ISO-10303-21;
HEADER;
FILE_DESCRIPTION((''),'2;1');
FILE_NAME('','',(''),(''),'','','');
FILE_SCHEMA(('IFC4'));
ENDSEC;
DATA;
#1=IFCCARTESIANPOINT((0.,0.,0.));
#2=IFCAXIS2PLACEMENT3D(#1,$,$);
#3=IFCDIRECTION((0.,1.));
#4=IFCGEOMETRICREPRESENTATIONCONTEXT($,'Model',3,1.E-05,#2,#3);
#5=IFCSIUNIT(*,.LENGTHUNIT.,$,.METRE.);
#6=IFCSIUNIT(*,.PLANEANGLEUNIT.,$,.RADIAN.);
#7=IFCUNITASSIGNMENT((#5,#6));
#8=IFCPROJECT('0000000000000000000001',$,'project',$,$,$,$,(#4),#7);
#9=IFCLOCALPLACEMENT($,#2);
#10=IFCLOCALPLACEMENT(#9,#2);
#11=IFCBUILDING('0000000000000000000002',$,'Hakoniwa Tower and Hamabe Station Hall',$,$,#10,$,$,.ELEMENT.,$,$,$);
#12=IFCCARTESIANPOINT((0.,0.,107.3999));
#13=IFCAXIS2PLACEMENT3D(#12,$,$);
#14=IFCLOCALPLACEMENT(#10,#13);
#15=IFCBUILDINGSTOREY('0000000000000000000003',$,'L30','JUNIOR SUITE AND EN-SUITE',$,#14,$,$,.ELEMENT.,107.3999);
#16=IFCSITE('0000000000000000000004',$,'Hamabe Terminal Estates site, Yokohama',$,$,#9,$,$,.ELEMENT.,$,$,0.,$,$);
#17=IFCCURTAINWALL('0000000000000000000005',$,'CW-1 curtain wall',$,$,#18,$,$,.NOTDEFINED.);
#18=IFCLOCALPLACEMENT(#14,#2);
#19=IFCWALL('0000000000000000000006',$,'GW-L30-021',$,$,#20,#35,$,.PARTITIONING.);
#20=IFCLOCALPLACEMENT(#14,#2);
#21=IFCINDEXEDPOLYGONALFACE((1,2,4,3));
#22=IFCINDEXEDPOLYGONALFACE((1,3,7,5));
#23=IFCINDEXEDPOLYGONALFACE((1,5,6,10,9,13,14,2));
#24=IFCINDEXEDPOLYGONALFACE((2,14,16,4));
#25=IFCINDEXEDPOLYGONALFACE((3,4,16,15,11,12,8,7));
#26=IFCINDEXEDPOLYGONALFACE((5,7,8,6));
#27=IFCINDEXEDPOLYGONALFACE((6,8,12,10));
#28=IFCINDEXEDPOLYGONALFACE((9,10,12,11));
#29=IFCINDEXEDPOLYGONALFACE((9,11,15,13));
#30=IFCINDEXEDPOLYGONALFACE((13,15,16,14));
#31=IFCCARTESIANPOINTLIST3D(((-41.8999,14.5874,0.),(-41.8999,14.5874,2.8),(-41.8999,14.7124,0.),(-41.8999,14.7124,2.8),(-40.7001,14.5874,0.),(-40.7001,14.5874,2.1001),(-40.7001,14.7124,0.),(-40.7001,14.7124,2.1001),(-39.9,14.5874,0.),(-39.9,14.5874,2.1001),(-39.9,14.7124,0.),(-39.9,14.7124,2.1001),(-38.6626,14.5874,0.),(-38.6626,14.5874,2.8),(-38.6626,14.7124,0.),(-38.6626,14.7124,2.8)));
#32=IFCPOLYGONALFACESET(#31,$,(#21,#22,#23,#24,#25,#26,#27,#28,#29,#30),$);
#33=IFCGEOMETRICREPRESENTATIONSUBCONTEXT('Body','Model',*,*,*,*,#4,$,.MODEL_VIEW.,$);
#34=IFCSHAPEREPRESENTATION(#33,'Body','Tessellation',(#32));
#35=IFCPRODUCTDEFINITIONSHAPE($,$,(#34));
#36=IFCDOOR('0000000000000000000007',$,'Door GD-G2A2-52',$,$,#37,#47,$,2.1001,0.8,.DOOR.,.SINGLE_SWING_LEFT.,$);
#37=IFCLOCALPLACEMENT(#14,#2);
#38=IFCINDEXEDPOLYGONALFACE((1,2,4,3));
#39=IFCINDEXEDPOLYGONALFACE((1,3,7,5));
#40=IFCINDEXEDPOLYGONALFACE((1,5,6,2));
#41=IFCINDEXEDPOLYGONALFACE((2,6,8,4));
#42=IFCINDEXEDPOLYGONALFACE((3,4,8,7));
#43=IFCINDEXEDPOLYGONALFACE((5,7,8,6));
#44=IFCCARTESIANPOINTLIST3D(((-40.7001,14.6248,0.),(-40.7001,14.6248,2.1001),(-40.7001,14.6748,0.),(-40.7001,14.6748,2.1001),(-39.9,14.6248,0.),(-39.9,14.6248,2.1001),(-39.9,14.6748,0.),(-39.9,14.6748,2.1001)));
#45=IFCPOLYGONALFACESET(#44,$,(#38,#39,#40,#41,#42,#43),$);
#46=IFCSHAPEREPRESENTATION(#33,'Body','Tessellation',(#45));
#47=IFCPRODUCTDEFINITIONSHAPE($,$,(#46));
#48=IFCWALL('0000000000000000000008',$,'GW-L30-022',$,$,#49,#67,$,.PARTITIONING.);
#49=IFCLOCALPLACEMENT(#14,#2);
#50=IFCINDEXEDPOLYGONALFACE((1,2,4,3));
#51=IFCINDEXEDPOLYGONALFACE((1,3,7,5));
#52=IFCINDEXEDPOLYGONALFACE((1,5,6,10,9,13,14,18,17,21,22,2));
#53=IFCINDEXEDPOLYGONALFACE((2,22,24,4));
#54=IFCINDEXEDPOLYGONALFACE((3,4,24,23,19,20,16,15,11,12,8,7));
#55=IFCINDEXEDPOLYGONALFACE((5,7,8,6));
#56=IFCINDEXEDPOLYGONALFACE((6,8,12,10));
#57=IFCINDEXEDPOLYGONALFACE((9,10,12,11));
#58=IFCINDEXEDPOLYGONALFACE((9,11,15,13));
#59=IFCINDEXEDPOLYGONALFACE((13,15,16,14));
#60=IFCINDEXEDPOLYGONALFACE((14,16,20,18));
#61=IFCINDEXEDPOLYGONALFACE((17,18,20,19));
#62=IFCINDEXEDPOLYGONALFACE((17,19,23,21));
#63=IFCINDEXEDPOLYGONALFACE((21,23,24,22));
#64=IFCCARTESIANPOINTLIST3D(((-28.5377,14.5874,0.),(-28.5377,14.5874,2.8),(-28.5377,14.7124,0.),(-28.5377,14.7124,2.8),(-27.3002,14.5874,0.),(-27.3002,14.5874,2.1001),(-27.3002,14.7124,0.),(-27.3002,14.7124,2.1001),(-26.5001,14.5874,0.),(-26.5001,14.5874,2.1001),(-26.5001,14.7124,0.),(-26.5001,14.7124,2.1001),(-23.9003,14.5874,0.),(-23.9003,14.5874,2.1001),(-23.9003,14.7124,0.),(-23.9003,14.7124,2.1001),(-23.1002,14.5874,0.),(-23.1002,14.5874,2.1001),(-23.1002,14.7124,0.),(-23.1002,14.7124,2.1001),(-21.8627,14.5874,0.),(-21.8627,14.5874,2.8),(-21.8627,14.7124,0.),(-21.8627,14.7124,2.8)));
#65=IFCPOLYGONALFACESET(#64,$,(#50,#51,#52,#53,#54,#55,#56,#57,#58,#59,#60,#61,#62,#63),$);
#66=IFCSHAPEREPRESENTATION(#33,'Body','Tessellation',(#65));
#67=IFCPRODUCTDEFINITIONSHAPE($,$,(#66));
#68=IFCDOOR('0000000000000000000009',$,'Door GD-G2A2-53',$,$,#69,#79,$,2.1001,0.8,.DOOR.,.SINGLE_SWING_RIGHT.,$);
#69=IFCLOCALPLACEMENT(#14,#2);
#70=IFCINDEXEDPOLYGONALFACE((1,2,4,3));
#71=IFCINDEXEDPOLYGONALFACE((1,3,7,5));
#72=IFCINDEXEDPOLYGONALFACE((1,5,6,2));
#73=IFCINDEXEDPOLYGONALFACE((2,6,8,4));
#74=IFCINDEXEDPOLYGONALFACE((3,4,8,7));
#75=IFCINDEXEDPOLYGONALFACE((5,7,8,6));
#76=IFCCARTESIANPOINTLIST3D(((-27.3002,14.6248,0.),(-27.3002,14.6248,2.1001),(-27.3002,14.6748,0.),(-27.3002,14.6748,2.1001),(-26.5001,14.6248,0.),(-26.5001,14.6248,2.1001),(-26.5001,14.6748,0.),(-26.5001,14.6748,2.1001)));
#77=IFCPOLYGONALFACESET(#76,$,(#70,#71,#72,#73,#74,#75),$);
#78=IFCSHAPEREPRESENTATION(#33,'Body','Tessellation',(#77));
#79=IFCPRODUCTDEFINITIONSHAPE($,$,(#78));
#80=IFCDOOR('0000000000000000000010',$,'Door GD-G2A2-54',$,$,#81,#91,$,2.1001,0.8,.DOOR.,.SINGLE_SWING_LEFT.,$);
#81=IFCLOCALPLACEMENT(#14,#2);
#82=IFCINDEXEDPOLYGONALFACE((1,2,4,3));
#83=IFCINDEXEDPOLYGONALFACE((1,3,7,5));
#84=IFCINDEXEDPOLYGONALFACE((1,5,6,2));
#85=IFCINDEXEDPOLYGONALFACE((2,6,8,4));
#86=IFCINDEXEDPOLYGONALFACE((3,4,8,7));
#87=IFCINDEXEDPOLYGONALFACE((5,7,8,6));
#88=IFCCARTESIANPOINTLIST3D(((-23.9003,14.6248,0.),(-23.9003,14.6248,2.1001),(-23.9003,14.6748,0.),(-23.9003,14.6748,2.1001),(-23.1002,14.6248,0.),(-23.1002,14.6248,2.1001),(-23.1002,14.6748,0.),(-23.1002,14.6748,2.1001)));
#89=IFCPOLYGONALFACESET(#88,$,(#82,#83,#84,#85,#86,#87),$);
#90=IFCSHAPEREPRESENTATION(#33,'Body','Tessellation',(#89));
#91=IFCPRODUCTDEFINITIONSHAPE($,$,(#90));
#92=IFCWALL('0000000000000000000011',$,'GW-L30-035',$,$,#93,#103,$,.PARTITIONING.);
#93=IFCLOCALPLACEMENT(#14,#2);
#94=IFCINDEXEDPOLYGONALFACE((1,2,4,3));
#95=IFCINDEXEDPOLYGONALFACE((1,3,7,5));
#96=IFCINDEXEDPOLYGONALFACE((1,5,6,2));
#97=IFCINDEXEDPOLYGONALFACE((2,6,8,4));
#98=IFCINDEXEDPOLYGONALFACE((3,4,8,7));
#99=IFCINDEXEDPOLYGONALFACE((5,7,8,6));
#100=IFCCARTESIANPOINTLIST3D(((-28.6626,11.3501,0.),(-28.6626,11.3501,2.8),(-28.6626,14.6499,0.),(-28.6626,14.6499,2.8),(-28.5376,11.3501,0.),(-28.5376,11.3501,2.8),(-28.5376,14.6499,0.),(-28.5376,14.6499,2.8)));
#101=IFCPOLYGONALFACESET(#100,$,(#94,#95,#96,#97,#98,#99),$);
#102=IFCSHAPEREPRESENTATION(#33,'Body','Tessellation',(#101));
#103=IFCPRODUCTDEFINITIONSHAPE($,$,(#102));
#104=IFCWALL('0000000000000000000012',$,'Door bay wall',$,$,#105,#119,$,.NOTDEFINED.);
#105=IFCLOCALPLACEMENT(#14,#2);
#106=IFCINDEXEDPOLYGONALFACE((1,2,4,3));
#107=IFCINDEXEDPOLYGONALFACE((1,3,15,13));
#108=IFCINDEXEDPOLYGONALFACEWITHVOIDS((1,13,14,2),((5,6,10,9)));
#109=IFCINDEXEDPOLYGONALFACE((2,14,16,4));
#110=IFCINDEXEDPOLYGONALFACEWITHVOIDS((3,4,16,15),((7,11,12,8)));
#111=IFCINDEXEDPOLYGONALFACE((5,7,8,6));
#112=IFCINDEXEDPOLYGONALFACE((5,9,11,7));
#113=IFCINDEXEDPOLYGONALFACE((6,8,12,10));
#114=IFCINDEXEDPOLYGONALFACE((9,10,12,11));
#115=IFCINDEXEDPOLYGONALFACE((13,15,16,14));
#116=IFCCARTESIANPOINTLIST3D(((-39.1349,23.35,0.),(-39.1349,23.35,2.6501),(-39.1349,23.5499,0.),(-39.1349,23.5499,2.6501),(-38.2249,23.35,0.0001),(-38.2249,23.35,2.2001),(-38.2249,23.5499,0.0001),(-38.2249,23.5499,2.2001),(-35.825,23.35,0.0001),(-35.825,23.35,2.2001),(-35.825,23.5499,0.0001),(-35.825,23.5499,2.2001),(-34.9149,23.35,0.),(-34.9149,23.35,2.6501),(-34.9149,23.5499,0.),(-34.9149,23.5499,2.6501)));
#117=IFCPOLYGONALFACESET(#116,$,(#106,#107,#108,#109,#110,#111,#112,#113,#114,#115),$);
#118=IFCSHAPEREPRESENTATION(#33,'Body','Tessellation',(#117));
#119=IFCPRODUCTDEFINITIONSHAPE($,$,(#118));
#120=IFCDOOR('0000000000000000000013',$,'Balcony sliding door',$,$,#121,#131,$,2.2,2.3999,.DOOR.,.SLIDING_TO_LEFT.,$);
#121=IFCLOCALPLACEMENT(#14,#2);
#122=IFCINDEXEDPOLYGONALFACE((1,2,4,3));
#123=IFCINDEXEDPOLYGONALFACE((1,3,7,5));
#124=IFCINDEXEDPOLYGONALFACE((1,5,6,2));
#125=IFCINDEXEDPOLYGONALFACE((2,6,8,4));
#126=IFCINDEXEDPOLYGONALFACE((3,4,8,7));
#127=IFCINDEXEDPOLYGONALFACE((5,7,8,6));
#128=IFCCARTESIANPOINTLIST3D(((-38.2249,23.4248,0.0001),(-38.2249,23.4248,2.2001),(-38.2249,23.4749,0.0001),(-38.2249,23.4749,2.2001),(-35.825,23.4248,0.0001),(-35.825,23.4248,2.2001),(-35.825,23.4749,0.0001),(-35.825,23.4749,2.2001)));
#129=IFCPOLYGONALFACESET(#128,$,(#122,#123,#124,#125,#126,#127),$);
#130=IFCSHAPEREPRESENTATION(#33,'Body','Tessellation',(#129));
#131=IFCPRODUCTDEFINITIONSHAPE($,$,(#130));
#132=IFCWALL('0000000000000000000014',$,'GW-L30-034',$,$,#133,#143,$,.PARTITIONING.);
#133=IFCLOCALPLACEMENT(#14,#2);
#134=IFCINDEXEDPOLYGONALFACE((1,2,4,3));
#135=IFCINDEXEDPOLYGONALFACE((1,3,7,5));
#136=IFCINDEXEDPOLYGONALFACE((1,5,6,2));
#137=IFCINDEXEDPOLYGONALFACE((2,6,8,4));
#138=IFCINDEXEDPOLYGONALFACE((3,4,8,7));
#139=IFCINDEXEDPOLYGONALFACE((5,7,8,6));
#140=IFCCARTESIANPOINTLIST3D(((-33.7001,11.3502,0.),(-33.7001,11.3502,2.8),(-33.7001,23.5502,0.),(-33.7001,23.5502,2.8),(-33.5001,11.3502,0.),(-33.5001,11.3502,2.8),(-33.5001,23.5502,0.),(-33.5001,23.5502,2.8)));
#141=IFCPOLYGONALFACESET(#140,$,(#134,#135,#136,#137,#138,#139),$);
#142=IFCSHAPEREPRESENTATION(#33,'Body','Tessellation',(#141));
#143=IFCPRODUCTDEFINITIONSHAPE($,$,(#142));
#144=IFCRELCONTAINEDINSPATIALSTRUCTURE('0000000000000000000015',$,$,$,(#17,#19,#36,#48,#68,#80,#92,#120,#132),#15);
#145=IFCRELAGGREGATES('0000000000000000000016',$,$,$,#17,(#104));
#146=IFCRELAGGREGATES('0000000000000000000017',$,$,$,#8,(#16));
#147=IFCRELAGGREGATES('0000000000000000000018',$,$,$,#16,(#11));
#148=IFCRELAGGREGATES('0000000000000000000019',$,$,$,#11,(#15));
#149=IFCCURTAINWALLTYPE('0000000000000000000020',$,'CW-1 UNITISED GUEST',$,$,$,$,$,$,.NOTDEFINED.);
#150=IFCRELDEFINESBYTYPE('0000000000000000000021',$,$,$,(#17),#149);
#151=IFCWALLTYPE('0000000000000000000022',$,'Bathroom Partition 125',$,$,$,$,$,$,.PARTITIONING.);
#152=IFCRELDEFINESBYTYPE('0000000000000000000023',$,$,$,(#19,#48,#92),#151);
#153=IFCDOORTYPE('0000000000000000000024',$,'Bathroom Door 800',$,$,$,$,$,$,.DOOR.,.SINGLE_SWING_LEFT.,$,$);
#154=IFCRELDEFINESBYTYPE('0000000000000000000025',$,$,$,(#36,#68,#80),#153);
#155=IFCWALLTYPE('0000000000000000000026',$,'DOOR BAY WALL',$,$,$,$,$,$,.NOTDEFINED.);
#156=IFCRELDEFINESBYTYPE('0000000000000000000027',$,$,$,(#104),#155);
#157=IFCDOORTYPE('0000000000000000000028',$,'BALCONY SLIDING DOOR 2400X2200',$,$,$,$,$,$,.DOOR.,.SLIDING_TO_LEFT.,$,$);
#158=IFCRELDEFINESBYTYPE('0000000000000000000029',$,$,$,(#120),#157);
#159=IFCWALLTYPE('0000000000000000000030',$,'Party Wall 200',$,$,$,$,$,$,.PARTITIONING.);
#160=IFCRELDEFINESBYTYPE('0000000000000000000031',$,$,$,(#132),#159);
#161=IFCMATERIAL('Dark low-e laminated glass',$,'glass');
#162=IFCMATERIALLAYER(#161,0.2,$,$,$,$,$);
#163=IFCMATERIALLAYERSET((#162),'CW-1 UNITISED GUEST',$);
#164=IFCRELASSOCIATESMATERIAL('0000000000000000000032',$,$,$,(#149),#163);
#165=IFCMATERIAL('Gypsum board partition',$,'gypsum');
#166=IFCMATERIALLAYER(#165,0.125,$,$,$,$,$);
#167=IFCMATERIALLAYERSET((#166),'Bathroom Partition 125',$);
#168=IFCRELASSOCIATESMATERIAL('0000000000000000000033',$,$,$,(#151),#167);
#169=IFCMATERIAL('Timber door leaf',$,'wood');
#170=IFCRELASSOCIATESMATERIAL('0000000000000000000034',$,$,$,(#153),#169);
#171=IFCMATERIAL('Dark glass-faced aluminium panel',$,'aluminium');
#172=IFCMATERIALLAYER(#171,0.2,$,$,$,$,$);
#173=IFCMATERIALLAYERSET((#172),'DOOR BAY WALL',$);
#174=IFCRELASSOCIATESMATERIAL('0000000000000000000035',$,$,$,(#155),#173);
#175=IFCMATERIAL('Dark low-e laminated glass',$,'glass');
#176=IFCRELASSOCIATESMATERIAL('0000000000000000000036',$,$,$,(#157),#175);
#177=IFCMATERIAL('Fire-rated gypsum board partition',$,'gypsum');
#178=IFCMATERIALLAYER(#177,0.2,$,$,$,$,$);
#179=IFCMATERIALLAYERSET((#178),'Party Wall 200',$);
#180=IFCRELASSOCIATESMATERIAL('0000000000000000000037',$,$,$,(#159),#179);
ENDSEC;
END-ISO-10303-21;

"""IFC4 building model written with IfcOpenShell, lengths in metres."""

from ifc_helpers import new_model, si_unit, direction, frame, frame_2d, origin, place, context, subcontext, project, spatial, rectangle, extrude, material, layer, layer_set, type_object, element, fill, aggregate, save


model = new_model("IFC4")

# Units and contexts
model_context = context("Model", 3, precision=1e-05, world=origin(), true_north=direction((0.0, 1.0)))
body_context = subcontext(model_context, "Body", "Model", "MODEL_VIEW")
ifc_project = project(units=[si_unit("LENGTHUNIT", "METRE"), si_unit("PLANEANGLEUNIT", "RADIAN")], contexts=[model_context])

# Site, building, storey
site_placement = place(None, origin())
site = spatial("IfcSite", under=ifc_project, at=site_placement, Name="Hamabe Terminal Estates site, Yokohama", CompositionType="ELEMENT", RefElevation=0.0)
building_placement = place(site_placement, origin())
building = spatial("IfcBuilding", under=site, at=building_placement, Name="Hakoniwa Tower and Hamabe Station Hall", CompositionType="ELEMENT")
storey_placement = place(building_placement, frame((0.0, 0.0, 107.3999)))
storey = spatial("IfcBuildingStorey", under=building, at=storey_placement, Name="L30", Description="JUNIOR SUITE AND EN-SUITE", CompositionType="ELEMENT", Elevation=107.3999)

# Curtain wall
ifc_material_1 = material(Name="Dark low-e laminated glass", Category="glass")
ifc_layer_1 = layer(ifc_material_1, 0.2)
ifc_layer_set_1 = layer_set([ifc_layer_1], Name="CW-1 UNITISED GUEST")
curtain_wall_type = type_object("IfcCurtainWallType", Name="CW-1 UNITISED GUEST", PredefinedType="NOTDEFINED", material=ifc_layer_set_1)
curtain_wall_1_placement = place(storey_placement, origin())
curtain_wall_1 = element("IfcCurtainWall", 1, at=curtain_wall_1_placement, inside=storey, type_object=curtain_wall_type, Name="CW-1 curtain wall", PredefinedType="NOTDEFINED")

# Wall, opening, door
ifc_material_2 = material(Name="Gypsum board partition", Category="gypsum")
ifc_layer_2 = layer(ifc_material_2, 0.125)
ifc_layer_set_2 = layer_set([ifc_layer_2], Name="Bathroom Partition 125")
wall_type_1 = type_object("IfcWallType", Name="Bathroom Partition 125", PredefinedType="PARTITIONING", material=ifc_layer_set_2)
wall_1_placement = place(storey_placement, frame((-41.8999, 14.6499, 0.0), z_axis=(0.0, 0.0, 1.0), x_axis=(1.0, 0.0, 0.0)))
wall_1 = element("IfcWall", 2, at=wall_1_placement, inside=storey, type_object=wall_type_1, Name="GW-L30-021", PredefinedType="PARTITIONING", context=body_context, shape_type="SweptSolid", body=[
    extrude(rectangle(XDim=3.2373, YDim=0.125, at=frame_2d((1.6187, 0.0))), origin(), (0.0, 0.0, 1.0), 2.8),
])
opening_1_placement = place(wall_1_placement, frame((1.2, 0.0, 0.0)))
opening_1 = element("IfcOpeningElement", 3, at=opening_1_placement, cuts=wall_1, PredefinedType="OPENING", context=body_context, shape_type="SweptSolid", body=[
    extrude(rectangle(XDim=0.8, YDim=2.1001, at=frame_2d((0.3999, 1.05))), frame((0.0, 0.0725, 0.0), z_axis=(0.0, -1.0, 0.0), x_axis=(1.0, 0.0, 0.0)), (0.0, 0.0, 1.0), 0.145),
])
ifc_material_3 = material(Name="Timber door leaf", Category="wood")
door_type_1 = type_object("IfcDoorType", Name="Bathroom Door 800", OperationType="SINGLE_SWING_LEFT", PredefinedType="DOOR", material=ifc_material_3)
door_1_placement = place(opening_1_placement, origin())
door_1 = element("IfcDoor", 4, at=door_1_placement, inside=storey, type_object=door_type_1, Name="Door GD-G2A2-52", OperationType="SINGLE_SWING_LEFT", OverallHeight=2.1001, OverallWidth=0.8, PredefinedType="DOOR", context=body_context, shape_type="SweptSolid", body=[
    extrude(rectangle(XDim=0.8, YDim=2.1001, at=frame_2d((0.3999, 1.05))), frame((0.0, 0.0249, 0.0), z_axis=(0.0, -1.0, 0.0), x_axis=(1.0, 0.0, 0.0)), (0.0, 0.0, 1.0), 0.05),
])
fill(opening_1, door_1)

# Wall, openings, doors
wall_2_placement = place(storey_placement, frame((-28.5376, 14.6499, 0.0), z_axis=(0.0, 0.0, 1.0), x_axis=(1.0, 0.0, 0.0)))
wall_2 = element("IfcWall", 5, at=wall_2_placement, inside=storey, type_object=wall_type_1, Name="GW-L30-022", PredefinedType="PARTITIONING", context=body_context, shape_type="SweptSolid", body=[
    extrude(rectangle(XDim=6.675, YDim=0.125, at=frame_2d((3.3374, 0.0))), origin(), (0.0, 0.0, 1.0), 2.8),
])
opening_2_placement = place(wall_2_placement, frame((1.2375, 0.0, 0.0)))
opening_2 = element("IfcOpeningElement", 6, at=opening_2_placement, cuts=wall_2, PredefinedType="OPENING", context=body_context, shape_type="SweptSolid", body=[
    extrude(rectangle(XDim=0.8, YDim=2.1001, at=frame_2d((0.3999, 1.05))), frame((0.0, 0.0725, 0.0), z_axis=(0.0, -1.0, 0.0), x_axis=(1.0, 0.0, 0.0)), (0.0, 0.0, 1.0), 0.145),
])
opening_3_placement = place(wall_2_placement, frame((4.6375, 0.0, 0.0)))
opening_3 = element("IfcOpeningElement", 7, at=opening_3_placement, cuts=wall_2, PredefinedType="OPENING", context=body_context, shape_type="SweptSolid", body=[
    extrude(rectangle(XDim=0.8, YDim=2.1001, at=frame_2d((0.3999, 1.05))), frame((0.0, 0.0725, 0.0), z_axis=(0.0, -1.0, 0.0), x_axis=(1.0, 0.0, 0.0)), (0.0, 0.0, 1.0), 0.145),
])
door_2_placement = place(opening_2_placement, origin())
door_2 = element("IfcDoor", 8, at=door_2_placement, inside=storey, type_object=door_type_1, Name="Door GD-G2A2-53", OperationType="SINGLE_SWING_RIGHT", OverallHeight=2.1001, OverallWidth=0.8, PredefinedType="DOOR", context=body_context, shape_type="SweptSolid", body=[
    extrude(rectangle(XDim=0.8, YDim=2.1001, at=frame_2d((0.3999, 1.05))), frame((0.0, 0.0249, 0.0), z_axis=(0.0, -1.0, 0.0), x_axis=(1.0, 0.0, 0.0)), (0.0, 0.0, 1.0), 0.05),
])
fill(opening_2, door_2)
door_3_placement = place(opening_3_placement, origin())
door_3 = element("IfcDoor", 9, at=door_3_placement, inside=storey, type_object=door_type_1, Name="Door GD-G2A2-54", OperationType="SINGLE_SWING_LEFT", OverallHeight=2.1001, OverallWidth=0.8, PredefinedType="DOOR", context=body_context, shape_type="SweptSolid", body=[
    extrude(rectangle(XDim=0.8, YDim=2.1001, at=frame_2d((0.3999, 1.05))), frame((0.0, 0.0249, 0.0), z_axis=(0.0, -1.0, 0.0), x_axis=(1.0, 0.0, 0.0)), (0.0, 0.0, 1.0), 0.05),
])
fill(opening_3, door_3)

# Wall
wall_3_placement = place(storey_placement, frame((-28.6001, 11.3501, 0.0), z_axis=(0.0, 0.0, 1.0), x_axis=(0.0, 1.0, 0.0)))
element("IfcWall", 10, at=wall_3_placement, inside=storey, type_object=wall_type_1, Name="GW-L30-035", PredefinedType="PARTITIONING", context=body_context, shape_type="SweptSolid", body=[
    extrude(rectangle(XDim=3.2998, YDim=0.125, at=frame_2d((1.6499, 0.0))), origin(), (0.0, 0.0, 1.0), 2.8),
])

# Wall, opening, door
ifc_material_4 = material(Name="Dark glass-faced aluminium panel", Category="aluminium")
ifc_layer_3 = layer(ifc_material_4, 0.2)
ifc_layer_set_3 = layer_set([ifc_layer_3], Name="DOOR BAY WALL")
wall_type_2 = type_object("IfcWallType", Name="DOOR BAY WALL", PredefinedType="NOTDEFINED", material=ifc_layer_set_3)
wall_4_placement = place(storey_placement, frame((-34.915, 23.45, 0.0), z_axis=(0.0, 0.0, 1.0), x_axis=(-1.0, 0.0, 0.0)))
wall_4 = element("IfcWall", 11, at=wall_4_placement, type_object=wall_type_2, Name="Door bay wall", PredefinedType="NOTDEFINED", context=body_context, shape_type="SweptSolid", body=[
    extrude(rectangle(XDim=4.22, YDim=0.2, at=frame_2d((2.1099, 0.0))), origin(), (0.0, 0.0, 1.0), 2.6501),
])
opening_4_placement = place(wall_4_placement, frame((0.9099, 0.0, 0.0)))
opening_4 = element("IfcOpeningElement", 12, at=opening_4_placement, cuts=wall_4, PredefinedType="OPENING", context=body_context, shape_type="SweptSolid", body=[
    extrude(rectangle(XDim=2.3999, YDim=2.2, at=frame_2d((1.2, 1.1001))), frame((0.0, 0.1099, 0.0), z_axis=(0.0, -1.0, 0.0), x_axis=(1.0, 0.0, 0.0)), (0.0, 0.0, 1.0), 0.22),
])
ifc_material_5 = material(Name="Dark low-e laminated glass", Category="glass")
door_type_2 = type_object("IfcDoorType", Name="BALCONY SLIDING DOOR 2400X2200", OperationType="SLIDING_TO_LEFT", PredefinedType="DOOR", material=ifc_material_5)
door_4_placement = place(opening_4_placement, frame((2.3999, 0.0, 0.0), z_axis=(0.0, 0.0, 1.0), x_axis=(-1.0, 0.0, 0.0)))
door_4 = element("IfcDoor", 13, at=door_4_placement, inside=storey, type_object=door_type_2, Name="Balcony sliding door", OperationType="SLIDING_TO_LEFT", OverallHeight=2.2, OverallWidth=2.3999, PredefinedType="DOOR", context=body_context, shape_type="SweptSolid", body=[
    extrude(rectangle(XDim=2.3999, YDim=2.2, at=frame_2d((1.2, 1.1001))), frame((0.0, 0.0249, 0.0), z_axis=(0.0, -1.0, 0.0), x_axis=(1.0, 0.0, 0.0)), (0.0, 0.0, 1.0), 0.05),
])
fill(opening_4, door_4)
aggregate(curtain_wall_1, [wall_4])

# Wall
ifc_material_6 = material(Name="Fire-rated gypsum board partition", Category="gypsum")
ifc_layer_4 = layer(ifc_material_6, 0.2)
ifc_layer_set_4 = layer_set([ifc_layer_4], Name="Party Wall 200")
wall_type_3 = type_object("IfcWallType", Name="Party Wall 200", PredefinedType="PARTITIONING", material=ifc_layer_set_4)
wall_5_placement = place(storey_placement, frame((-33.6001, 11.3501, 0.0), z_axis=(0.0, 0.0, 1.0), x_axis=(0.0, 1.0, 0.0)))
element("IfcWall", 14, at=wall_5_placement, inside=storey, type_object=wall_type_3, Name="GW-L30-034", PredefinedType="PARTITIONING", context=body_context, shape_type="SweptSolid", body=[
    extrude(rectangle(XDim=12.2, YDim=0.2, at=frame_2d((6.1001, 0.0))), origin(), (0.0, 0.0, 1.0), 2.8),
])

save(model, "model.ifc")
